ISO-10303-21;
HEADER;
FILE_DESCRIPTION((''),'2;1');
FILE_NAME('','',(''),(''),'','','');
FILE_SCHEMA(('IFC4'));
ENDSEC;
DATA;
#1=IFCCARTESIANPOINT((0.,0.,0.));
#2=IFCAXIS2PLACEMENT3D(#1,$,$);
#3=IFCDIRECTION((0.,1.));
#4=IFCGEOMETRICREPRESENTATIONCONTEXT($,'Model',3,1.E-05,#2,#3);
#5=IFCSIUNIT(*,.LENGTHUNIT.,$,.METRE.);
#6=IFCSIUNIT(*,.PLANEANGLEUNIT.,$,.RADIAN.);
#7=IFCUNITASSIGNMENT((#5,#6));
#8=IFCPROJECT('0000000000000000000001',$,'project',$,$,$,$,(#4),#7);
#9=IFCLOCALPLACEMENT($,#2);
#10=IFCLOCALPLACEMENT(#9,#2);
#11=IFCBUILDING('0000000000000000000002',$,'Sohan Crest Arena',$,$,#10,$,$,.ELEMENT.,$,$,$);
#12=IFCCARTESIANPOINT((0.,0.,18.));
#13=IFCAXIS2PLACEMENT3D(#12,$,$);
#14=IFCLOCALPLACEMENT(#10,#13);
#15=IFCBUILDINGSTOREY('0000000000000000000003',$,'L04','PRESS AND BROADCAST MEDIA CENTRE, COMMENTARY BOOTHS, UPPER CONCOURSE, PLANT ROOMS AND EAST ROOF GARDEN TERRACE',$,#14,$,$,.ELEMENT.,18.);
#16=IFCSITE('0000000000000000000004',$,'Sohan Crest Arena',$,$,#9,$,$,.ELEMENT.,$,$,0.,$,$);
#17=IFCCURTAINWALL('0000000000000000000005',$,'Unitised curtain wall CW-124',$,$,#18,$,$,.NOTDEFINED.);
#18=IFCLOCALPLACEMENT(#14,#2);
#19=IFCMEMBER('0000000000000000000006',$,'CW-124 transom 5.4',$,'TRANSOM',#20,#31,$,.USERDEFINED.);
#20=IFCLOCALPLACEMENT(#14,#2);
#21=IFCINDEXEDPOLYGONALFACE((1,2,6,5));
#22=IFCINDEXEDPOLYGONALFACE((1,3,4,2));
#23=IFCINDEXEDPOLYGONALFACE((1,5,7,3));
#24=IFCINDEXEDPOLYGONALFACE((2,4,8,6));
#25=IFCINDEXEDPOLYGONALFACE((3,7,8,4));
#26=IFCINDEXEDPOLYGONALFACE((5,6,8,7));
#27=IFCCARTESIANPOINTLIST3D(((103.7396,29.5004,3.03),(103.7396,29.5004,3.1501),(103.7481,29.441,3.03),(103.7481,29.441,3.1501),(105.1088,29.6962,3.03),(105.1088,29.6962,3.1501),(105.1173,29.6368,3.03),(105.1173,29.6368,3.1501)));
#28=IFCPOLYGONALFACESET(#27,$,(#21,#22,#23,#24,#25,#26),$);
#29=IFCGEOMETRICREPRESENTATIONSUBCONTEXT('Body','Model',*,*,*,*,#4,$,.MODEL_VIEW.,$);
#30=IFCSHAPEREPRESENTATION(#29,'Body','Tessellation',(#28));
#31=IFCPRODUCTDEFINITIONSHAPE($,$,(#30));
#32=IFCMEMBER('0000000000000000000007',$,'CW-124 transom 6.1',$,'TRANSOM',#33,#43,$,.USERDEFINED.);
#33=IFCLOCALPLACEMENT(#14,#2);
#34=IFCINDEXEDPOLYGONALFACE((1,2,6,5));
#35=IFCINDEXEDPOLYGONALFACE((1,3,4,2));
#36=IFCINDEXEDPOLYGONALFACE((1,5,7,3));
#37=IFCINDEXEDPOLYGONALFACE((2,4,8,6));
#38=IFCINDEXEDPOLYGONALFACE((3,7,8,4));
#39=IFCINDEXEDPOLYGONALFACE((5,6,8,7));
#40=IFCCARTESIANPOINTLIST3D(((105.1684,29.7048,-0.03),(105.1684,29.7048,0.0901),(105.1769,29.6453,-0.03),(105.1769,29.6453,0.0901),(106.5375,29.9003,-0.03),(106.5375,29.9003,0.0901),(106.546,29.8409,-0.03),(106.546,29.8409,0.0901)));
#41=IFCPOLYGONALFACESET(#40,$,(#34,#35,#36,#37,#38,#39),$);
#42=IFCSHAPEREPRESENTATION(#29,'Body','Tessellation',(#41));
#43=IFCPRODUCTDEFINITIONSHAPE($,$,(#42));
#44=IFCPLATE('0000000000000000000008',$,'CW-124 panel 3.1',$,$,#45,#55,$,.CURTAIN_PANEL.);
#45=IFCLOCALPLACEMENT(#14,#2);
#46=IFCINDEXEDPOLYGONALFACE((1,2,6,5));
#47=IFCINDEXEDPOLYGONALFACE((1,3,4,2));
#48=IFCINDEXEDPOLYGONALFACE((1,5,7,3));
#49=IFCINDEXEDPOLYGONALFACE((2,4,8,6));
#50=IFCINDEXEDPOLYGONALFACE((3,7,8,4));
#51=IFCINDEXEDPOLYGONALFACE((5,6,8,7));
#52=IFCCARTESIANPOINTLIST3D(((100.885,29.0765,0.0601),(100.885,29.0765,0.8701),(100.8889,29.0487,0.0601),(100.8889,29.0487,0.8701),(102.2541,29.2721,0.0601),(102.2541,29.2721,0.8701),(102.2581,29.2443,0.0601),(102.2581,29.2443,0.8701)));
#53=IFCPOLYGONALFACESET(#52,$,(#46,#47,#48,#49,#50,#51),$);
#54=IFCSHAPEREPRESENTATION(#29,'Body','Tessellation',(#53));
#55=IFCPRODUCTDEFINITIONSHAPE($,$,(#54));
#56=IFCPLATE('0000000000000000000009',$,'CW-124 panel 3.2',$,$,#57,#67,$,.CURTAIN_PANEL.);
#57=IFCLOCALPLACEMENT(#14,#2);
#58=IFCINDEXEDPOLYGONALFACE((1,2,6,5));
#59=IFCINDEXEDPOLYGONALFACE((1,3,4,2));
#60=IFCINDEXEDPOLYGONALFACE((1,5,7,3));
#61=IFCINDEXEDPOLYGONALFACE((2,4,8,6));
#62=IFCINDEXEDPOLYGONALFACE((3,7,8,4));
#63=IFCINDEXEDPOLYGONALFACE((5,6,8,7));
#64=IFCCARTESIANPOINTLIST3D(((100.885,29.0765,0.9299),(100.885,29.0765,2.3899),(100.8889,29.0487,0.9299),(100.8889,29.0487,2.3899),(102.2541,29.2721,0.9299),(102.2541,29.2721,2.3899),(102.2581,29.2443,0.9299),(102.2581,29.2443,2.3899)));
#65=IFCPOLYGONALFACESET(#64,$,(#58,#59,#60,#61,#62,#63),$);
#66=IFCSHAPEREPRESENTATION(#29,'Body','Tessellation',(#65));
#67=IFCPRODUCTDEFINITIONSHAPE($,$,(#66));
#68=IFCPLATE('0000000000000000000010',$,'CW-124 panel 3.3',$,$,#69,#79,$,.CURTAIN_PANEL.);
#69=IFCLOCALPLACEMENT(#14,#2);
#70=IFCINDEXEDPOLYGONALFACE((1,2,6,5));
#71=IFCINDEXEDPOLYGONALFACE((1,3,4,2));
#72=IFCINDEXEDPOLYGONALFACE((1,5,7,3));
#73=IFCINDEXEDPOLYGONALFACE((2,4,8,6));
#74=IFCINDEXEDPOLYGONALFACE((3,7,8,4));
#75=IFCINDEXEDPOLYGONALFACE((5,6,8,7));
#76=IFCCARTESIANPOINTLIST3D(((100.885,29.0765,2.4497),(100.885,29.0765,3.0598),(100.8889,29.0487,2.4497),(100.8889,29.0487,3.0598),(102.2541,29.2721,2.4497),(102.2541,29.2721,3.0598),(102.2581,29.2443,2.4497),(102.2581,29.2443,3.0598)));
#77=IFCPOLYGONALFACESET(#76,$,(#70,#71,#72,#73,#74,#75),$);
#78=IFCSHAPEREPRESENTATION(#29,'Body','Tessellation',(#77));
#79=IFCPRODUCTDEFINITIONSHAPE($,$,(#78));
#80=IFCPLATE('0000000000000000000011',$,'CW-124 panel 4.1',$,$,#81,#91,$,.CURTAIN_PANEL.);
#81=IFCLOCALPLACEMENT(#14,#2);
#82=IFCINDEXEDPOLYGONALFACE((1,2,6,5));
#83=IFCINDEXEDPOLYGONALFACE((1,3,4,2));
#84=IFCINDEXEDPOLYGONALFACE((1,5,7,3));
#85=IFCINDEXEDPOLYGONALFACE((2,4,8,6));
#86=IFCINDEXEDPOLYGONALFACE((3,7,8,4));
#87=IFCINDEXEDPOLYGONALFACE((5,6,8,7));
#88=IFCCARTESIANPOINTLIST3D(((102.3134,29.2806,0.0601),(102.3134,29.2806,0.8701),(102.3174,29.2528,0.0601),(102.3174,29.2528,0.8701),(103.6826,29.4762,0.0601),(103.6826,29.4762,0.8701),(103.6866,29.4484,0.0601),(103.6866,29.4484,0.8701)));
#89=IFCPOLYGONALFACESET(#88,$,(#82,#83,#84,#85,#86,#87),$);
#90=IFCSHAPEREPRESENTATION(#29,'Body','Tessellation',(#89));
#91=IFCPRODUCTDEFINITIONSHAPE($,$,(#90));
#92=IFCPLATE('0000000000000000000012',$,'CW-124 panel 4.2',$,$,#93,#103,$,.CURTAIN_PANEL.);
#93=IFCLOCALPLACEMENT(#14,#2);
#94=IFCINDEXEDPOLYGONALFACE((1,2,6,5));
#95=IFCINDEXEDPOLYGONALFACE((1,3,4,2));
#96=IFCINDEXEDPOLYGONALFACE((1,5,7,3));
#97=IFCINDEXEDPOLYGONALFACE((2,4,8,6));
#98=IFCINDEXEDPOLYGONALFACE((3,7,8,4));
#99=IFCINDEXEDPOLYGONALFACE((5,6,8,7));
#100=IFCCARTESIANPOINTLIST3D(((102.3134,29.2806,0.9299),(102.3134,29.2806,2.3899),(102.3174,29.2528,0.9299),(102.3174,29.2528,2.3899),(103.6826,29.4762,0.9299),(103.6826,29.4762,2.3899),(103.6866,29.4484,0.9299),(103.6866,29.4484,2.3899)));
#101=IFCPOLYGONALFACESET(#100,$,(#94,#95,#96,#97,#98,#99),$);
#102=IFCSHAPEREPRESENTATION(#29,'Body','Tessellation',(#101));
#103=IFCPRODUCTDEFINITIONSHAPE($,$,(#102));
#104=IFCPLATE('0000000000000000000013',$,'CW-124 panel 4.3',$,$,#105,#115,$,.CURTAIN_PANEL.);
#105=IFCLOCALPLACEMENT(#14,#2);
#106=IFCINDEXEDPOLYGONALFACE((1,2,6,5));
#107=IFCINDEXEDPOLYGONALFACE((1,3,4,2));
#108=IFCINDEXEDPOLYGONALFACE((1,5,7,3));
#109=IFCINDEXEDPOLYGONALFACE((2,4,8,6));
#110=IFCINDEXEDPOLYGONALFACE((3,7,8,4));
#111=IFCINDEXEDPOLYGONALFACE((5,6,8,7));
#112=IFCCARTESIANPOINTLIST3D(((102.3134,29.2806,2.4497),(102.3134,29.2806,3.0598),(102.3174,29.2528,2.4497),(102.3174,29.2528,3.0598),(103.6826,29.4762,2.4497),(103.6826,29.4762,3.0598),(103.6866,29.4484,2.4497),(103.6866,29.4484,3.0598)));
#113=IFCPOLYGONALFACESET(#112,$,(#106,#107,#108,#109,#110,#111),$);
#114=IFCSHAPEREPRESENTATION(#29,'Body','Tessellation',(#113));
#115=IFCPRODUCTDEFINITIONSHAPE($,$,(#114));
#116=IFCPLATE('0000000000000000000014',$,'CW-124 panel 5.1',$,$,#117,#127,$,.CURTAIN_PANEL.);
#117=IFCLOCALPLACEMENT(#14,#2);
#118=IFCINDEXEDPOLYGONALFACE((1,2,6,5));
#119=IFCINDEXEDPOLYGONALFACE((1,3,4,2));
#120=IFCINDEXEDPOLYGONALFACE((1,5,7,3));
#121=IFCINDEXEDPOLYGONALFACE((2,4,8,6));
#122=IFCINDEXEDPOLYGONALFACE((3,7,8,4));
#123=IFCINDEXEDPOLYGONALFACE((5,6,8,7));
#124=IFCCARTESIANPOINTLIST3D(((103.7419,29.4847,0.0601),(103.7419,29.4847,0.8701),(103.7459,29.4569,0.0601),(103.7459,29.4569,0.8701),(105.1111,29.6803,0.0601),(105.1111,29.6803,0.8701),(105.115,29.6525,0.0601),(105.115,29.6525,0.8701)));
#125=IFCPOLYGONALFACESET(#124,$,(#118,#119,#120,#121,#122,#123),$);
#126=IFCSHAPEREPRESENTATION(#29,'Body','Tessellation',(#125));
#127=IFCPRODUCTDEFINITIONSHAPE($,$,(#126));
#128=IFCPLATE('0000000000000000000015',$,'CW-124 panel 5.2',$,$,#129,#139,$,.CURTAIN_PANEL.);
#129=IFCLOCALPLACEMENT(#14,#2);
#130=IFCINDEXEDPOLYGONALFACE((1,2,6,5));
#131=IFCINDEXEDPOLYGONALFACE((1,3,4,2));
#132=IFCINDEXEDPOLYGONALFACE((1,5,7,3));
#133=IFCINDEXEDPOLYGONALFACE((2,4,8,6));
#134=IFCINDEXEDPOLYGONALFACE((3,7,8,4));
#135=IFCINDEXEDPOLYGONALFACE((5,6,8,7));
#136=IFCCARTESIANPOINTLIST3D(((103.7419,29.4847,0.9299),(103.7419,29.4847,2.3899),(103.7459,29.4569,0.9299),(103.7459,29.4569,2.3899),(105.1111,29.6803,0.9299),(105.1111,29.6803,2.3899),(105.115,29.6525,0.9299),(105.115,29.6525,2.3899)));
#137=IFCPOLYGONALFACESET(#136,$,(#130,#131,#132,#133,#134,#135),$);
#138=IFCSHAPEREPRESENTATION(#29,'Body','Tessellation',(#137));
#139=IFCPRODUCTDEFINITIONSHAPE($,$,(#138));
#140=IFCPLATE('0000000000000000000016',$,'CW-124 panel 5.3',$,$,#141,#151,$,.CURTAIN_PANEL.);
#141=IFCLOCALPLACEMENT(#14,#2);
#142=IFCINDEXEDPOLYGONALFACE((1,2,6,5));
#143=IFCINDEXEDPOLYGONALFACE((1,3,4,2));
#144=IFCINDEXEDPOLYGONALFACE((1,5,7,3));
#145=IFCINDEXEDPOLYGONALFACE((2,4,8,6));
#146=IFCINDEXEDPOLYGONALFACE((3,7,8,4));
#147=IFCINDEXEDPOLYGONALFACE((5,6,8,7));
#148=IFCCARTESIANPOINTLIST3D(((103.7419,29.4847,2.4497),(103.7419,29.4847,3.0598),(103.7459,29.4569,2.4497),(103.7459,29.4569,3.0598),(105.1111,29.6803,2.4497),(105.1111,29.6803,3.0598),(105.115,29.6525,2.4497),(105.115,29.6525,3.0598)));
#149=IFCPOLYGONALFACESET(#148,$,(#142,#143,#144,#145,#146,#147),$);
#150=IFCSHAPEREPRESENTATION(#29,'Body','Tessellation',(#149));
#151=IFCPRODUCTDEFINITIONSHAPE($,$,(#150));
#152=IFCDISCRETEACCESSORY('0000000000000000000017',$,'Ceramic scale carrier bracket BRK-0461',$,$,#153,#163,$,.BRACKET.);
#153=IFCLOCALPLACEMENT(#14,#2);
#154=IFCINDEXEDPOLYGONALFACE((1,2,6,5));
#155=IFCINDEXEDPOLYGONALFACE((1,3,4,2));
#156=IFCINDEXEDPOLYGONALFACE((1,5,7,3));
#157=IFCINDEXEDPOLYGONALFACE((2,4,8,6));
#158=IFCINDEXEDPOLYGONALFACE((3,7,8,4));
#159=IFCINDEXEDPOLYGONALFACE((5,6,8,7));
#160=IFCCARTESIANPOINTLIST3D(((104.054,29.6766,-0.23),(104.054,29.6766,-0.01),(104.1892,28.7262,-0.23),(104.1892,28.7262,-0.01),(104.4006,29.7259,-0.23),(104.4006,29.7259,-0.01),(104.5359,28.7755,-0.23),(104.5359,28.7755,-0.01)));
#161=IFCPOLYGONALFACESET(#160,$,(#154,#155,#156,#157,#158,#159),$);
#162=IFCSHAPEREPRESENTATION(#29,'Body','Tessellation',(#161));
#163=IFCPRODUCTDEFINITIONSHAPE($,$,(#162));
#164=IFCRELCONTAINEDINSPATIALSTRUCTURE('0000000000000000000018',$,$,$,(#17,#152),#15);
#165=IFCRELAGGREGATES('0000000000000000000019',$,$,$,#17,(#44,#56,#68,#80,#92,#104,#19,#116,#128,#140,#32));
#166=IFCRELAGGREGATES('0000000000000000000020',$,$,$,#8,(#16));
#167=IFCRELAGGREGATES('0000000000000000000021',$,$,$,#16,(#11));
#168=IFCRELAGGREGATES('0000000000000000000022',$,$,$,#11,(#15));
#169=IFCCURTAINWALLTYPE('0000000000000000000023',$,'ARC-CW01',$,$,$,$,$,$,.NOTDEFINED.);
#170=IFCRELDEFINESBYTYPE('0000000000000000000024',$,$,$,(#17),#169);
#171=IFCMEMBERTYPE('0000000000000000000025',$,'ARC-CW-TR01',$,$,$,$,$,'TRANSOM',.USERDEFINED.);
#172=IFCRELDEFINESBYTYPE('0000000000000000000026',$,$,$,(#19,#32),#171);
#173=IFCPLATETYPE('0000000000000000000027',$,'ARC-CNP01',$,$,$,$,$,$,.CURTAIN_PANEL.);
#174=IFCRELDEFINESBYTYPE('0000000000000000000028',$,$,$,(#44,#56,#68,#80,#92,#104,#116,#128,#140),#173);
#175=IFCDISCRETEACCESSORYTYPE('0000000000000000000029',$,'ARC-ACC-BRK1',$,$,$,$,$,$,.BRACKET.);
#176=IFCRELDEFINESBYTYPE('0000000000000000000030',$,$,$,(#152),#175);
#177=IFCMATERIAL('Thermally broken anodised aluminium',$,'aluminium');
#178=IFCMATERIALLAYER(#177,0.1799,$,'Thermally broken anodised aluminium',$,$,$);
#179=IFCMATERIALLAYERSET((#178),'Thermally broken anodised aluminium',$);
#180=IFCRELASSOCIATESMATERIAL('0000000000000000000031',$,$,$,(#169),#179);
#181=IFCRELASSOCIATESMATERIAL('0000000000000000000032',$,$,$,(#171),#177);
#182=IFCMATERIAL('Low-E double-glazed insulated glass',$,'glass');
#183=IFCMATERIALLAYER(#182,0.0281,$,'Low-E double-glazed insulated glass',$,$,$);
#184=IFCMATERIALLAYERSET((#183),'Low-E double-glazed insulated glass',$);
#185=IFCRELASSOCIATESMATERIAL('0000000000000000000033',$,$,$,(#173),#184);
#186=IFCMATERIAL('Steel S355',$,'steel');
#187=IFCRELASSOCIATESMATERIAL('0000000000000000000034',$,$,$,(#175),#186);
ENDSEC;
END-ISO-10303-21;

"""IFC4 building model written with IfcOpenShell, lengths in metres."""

from ifc_helpers import new_model, si_unit, direction, frame, origin, origin_2d, place, context, subcontext, project, spatial, rectangle, extrude, material, layer, layer_set, material_profile, profile_set, type_object, element, aggregate, save


model = new_model("IFC4")

# Units and contexts
model_context = context("Model", 3, precision=1e-05, world=origin(), true_north=direction((0.0, 1.0)))
body_context = subcontext(model_context, "Body", "Model", "MODEL_VIEW")
ifc_project = project(units=[si_unit("LENGTHUNIT", "METRE"), si_unit("PLANEANGLEUNIT", "RADIAN")], contexts=[model_context])

# Site, building, storey
site_placement = place(None, origin())
site = spatial("IfcSite", under=ifc_project, at=site_placement, Name="Sohan Crest Arena", CompositionType="ELEMENT", RefElevation=0.0)
building_placement = place(site_placement, origin())
building = spatial("IfcBuilding", under=site, at=building_placement, Name="Sohan Crest Arena", CompositionType="ELEMENT")
storey_placement = place(building_placement, frame((0.0, 0.0, 18.0)))
storey = spatial("IfcBuildingStorey", under=building, at=storey_placement, Name="L04", Description="PRESS AND BROADCAST MEDIA CENTRE, COMMENTARY BOOTHS, UPPER CONCOURSE, PLANT ROOMS AND EAST ROOF GARDEN TERRACE", CompositionType="ELEMENT", Elevation=18.0)

# Curtain wall, members, plates
ifc_material_1 = material(Name="Thermally broken anodised aluminium", Category="aluminium")
ifc_layer_1 = layer(ifc_material_1, 0.1799, Name="Thermally broken anodised aluminium")
ifc_layer_set_1 = layer_set([ifc_layer_1], Name="Thermally broken anodised aluminium")
curtain_wall_type = type_object("IfcCurtainWallType", Name="ARC-CW01", PredefinedType="NOTDEFINED", material=ifc_layer_set_1)
curtain_wall_placement = place(storey_placement, origin())
curtain_wall = element("IfcCurtainWall", 1, at=curtain_wall_placement, inside=storey, type_object=curtain_wall_type, Name="Unitised curtain wall CW-124", PredefinedType="NOTDEFINED")
ifc_material_profile_1 = material_profile(ifc_material_1, rectangle(XDim=0.0601, YDim=0.1201, at=origin_2d()), Name="ALU-TRAN 60x120")
ifc_profile_set_1 = profile_set([ifc_material_profile_1], Name="Thermally broken anodised aluminium")
member_type_1 = type_object("IfcMemberType", Name="ARC-CW-TR01", ElementType="TRANSOM", PredefinedType="USERDEFINED", material=ifc_profile_set_1)
member_1_placement = place(storey_placement, frame((103.7439, 29.4707, 3.0901), z_axis=(0.989928, 0.14157, 0.0), x_axis=(-0.14157, 0.989928, 0.0)))
member_1 = element("IfcMember", 2, at=member_1_placement, type_object=member_type_1, Name="CW-124 transom 5.4", ObjectType="TRANSOM", PredefinedType="USERDEFINED", context=body_context, shape_type="SweptSolid", body=[
    extrude(rectangle(XDim=0.0601, YDim=0.1201, at=origin_2d()), origin(), (0.0, 0.0, 1.0), 1.3831),
])
member_2_placement = place(storey_placement, frame((105.1726, 29.675, 0.03), z_axis=(0.989953, 0.141397, 0.0), x_axis=(-0.141397, 0.989953, 0.0)))
member_2 = element("IfcMember", 3, at=member_2_placement, type_object=member_type_1, Name="CW-124 transom 6.1", ObjectType="TRANSOM", PredefinedType="USERDEFINED", context=body_context, shape_type="SweptSolid", body=[
    extrude(rectangle(XDim=0.0601, YDim=0.1201, at=origin_2d()), origin(), (0.0, 0.0, 1.0), 1.3831),
])
ifc_material_2 = material(Name="Low-E double-glazed insulated glass", Category="glass")
ifc_layer_2 = layer(ifc_material_2, 0.0281, Name="Low-E double-glazed insulated glass")
ifc_layer_set_2 = layer_set([ifc_layer_2], Name="Low-E double-glazed insulated glass")
plate_type = type_object("IfcPlateType", Name="ARC-CNP01", PredefinedType="CURTAIN_PANEL", material=ifc_layer_set_2)
plate_1_placement = place(storey_placement, frame((101.5715, 29.1604, 0.0601), z_axis=(0.0, 0.0, 1.0), x_axis=(0.989944, 0.141463, 0.0)))
plate_1 = element("IfcPlate", 4, at=plate_1_placement, type_object=plate_type, Name="CW-124 panel 3.1", PredefinedType="CURTAIN_PANEL", context=body_context, shape_type="SweptSolid", body=[
    extrude(rectangle(XDim=1.3831, YDim=0.0281, at=origin_2d()), origin(), (0.0, 0.0, 1.0), 0.8101),
])
plate_2_placement = place(storey_placement, frame((101.5715, 29.1604, 0.9299), z_axis=(0.0, 0.0, 1.0), x_axis=(0.989944, 0.141463, 0.0)))
plate_2 = element("IfcPlate", 5, at=plate_2_placement, type_object=plate_type, Name="CW-124 panel 3.2", PredefinedType="CURTAIN_PANEL", context=body_context, shape_type="SweptSolid", body=[
    extrude(rectangle(XDim=1.3831, YDim=0.0281, at=origin_2d()), origin(), (0.0, 0.0, 1.0), 1.46),
])
plate_3_placement = place(storey_placement, frame((101.5715, 29.1604, 2.4497), z_axis=(0.0, 0.0, 1.0), x_axis=(0.989944, 0.141463, 0.0)))
plate_3 = element("IfcPlate", 6, at=plate_3_placement, type_object=plate_type, Name="CW-124 panel 3.3", PredefinedType="CURTAIN_PANEL", context=body_context, shape_type="SweptSolid", body=[
    extrude(rectangle(XDim=1.3831, YDim=0.0281, at=origin_2d()), origin(), (0.0, 0.0, 1.0), 0.6101),
])
plate_4_placement = place(storey_placement, frame((103.0, 29.3645, 0.0601), z_axis=(0.0, 0.0, 1.0), x_axis=(0.989944, 0.141463, 0.0)))
plate_4 = element("IfcPlate", 7, at=plate_4_placement, type_object=plate_type, Name="CW-124 panel 4.1", PredefinedType="CURTAIN_PANEL", context=body_context, shape_type="SweptSolid", body=[
    extrude(rectangle(XDim=1.3831, YDim=0.0281, at=origin_2d()), origin(), (0.0, 0.0, 1.0), 0.8101),
])
plate_5_placement = place(storey_placement, frame((103.0, 29.3645, 0.9299), z_axis=(0.0, 0.0, 1.0), x_axis=(0.989944, 0.141463, 0.0)))
plate_5 = element("IfcPlate", 8, at=plate_5_placement, type_object=plate_type, Name="CW-124 panel 4.2", PredefinedType="CURTAIN_PANEL", context=body_context, shape_type="SweptSolid", body=[
    extrude(rectangle(XDim=1.3831, YDim=0.0281, at=origin_2d()), origin(), (0.0, 0.0, 1.0), 1.46),
])
plate_6_placement = place(storey_placement, frame((103.0, 29.3645, 2.4497), z_axis=(0.0, 0.0, 1.0), x_axis=(0.989944, 0.141463, 0.0)))
plate_6 = element("IfcPlate", 9, at=plate_6_placement, type_object=plate_type, Name="CW-124 panel 4.3", PredefinedType="CURTAIN_PANEL", context=body_context, shape_type="SweptSolid", body=[
    extrude(rectangle(XDim=1.3831, YDim=0.0281, at=origin_2d()), origin(), (0.0, 0.0, 1.0), 0.6101),
])
plate_7_placement = place(storey_placement, frame((104.4285, 29.5686, 0.0601), z_axis=(0.0, 0.0, 1.0), x_axis=(0.989944, 0.141463, 0.0)))
plate_7 = element("IfcPlate", 10, at=plate_7_placement, type_object=plate_type, Name="CW-124 panel 5.1", PredefinedType="CURTAIN_PANEL", context=body_context, shape_type="SweptSolid", body=[
    extrude(rectangle(XDim=1.3831, YDim=0.0281, at=origin_2d()), origin(), (0.0, 0.0, 1.0), 0.8101),
])
plate_8_placement = place(storey_placement, frame((104.4285, 29.5686, 0.9299), z_axis=(0.0, 0.0, 1.0), x_axis=(0.989944, 0.141463, 0.0)))
plate_8 = element("IfcPlate", 11, at=plate_8_placement, type_object=plate_type, Name="CW-124 panel 5.2", PredefinedType="CURTAIN_PANEL", context=body_context, shape_type="SweptSolid", body=[
    extrude(rectangle(XDim=1.3831, YDim=0.0281, at=origin_2d()), origin(), (0.0, 0.0, 1.0), 1.46),
])
plate_9_placement = place(storey_placement, frame((104.4285, 29.5686, 2.4497), z_axis=(0.0, 0.0, 1.0), x_axis=(0.989944, 0.141463, 0.0)))
plate_9 = element("IfcPlate", 12, at=plate_9_placement, type_object=plate_type, Name="CW-124 panel 5.3", PredefinedType="CURTAIN_PANEL", context=body_context, shape_type="SweptSolid", body=[
    extrude(rectangle(XDim=1.3831, YDim=0.0281, at=origin_2d()), origin(), (0.0, 0.0, 1.0), 0.6101),
])
aggregate(curtain_wall, [plate_1, plate_2, plate_3, plate_4, plate_5, plate_6, member_1, plate_7, plate_8, plate_9, member_2])

# Discrete accessory
ifc_material_3 = material(Name="Steel S355", Category="steel")
discrete_accessory_type = type_object("IfcDiscreteAccessoryType", Name="ARC-ACC-BRK1", PredefinedType="BRACKET", material=ifc_material_3)
discrete_accessory_placement = place(storey_placement, frame((104.2949, 29.2261, -0.23), z_axis=(0.0, 0.0, 1.0), x_axis=(0.990024, 0.140901, 0.0)))
element("IfcDiscreteAccessory", 13, at=discrete_accessory_placement, inside=storey, type_object=discrete_accessory_type, Name="Ceramic scale carrier bracket BRK-0461", PredefinedType="BRACKET", context=body_context, shape_type="SweptSolid", body=[
    extrude(rectangle(XDim=0.3501, YDim=0.96, at=origin_2d()), origin(), (0.0, 0.0, 1.0), 0.22),
])

save(model, "model.ifc")
